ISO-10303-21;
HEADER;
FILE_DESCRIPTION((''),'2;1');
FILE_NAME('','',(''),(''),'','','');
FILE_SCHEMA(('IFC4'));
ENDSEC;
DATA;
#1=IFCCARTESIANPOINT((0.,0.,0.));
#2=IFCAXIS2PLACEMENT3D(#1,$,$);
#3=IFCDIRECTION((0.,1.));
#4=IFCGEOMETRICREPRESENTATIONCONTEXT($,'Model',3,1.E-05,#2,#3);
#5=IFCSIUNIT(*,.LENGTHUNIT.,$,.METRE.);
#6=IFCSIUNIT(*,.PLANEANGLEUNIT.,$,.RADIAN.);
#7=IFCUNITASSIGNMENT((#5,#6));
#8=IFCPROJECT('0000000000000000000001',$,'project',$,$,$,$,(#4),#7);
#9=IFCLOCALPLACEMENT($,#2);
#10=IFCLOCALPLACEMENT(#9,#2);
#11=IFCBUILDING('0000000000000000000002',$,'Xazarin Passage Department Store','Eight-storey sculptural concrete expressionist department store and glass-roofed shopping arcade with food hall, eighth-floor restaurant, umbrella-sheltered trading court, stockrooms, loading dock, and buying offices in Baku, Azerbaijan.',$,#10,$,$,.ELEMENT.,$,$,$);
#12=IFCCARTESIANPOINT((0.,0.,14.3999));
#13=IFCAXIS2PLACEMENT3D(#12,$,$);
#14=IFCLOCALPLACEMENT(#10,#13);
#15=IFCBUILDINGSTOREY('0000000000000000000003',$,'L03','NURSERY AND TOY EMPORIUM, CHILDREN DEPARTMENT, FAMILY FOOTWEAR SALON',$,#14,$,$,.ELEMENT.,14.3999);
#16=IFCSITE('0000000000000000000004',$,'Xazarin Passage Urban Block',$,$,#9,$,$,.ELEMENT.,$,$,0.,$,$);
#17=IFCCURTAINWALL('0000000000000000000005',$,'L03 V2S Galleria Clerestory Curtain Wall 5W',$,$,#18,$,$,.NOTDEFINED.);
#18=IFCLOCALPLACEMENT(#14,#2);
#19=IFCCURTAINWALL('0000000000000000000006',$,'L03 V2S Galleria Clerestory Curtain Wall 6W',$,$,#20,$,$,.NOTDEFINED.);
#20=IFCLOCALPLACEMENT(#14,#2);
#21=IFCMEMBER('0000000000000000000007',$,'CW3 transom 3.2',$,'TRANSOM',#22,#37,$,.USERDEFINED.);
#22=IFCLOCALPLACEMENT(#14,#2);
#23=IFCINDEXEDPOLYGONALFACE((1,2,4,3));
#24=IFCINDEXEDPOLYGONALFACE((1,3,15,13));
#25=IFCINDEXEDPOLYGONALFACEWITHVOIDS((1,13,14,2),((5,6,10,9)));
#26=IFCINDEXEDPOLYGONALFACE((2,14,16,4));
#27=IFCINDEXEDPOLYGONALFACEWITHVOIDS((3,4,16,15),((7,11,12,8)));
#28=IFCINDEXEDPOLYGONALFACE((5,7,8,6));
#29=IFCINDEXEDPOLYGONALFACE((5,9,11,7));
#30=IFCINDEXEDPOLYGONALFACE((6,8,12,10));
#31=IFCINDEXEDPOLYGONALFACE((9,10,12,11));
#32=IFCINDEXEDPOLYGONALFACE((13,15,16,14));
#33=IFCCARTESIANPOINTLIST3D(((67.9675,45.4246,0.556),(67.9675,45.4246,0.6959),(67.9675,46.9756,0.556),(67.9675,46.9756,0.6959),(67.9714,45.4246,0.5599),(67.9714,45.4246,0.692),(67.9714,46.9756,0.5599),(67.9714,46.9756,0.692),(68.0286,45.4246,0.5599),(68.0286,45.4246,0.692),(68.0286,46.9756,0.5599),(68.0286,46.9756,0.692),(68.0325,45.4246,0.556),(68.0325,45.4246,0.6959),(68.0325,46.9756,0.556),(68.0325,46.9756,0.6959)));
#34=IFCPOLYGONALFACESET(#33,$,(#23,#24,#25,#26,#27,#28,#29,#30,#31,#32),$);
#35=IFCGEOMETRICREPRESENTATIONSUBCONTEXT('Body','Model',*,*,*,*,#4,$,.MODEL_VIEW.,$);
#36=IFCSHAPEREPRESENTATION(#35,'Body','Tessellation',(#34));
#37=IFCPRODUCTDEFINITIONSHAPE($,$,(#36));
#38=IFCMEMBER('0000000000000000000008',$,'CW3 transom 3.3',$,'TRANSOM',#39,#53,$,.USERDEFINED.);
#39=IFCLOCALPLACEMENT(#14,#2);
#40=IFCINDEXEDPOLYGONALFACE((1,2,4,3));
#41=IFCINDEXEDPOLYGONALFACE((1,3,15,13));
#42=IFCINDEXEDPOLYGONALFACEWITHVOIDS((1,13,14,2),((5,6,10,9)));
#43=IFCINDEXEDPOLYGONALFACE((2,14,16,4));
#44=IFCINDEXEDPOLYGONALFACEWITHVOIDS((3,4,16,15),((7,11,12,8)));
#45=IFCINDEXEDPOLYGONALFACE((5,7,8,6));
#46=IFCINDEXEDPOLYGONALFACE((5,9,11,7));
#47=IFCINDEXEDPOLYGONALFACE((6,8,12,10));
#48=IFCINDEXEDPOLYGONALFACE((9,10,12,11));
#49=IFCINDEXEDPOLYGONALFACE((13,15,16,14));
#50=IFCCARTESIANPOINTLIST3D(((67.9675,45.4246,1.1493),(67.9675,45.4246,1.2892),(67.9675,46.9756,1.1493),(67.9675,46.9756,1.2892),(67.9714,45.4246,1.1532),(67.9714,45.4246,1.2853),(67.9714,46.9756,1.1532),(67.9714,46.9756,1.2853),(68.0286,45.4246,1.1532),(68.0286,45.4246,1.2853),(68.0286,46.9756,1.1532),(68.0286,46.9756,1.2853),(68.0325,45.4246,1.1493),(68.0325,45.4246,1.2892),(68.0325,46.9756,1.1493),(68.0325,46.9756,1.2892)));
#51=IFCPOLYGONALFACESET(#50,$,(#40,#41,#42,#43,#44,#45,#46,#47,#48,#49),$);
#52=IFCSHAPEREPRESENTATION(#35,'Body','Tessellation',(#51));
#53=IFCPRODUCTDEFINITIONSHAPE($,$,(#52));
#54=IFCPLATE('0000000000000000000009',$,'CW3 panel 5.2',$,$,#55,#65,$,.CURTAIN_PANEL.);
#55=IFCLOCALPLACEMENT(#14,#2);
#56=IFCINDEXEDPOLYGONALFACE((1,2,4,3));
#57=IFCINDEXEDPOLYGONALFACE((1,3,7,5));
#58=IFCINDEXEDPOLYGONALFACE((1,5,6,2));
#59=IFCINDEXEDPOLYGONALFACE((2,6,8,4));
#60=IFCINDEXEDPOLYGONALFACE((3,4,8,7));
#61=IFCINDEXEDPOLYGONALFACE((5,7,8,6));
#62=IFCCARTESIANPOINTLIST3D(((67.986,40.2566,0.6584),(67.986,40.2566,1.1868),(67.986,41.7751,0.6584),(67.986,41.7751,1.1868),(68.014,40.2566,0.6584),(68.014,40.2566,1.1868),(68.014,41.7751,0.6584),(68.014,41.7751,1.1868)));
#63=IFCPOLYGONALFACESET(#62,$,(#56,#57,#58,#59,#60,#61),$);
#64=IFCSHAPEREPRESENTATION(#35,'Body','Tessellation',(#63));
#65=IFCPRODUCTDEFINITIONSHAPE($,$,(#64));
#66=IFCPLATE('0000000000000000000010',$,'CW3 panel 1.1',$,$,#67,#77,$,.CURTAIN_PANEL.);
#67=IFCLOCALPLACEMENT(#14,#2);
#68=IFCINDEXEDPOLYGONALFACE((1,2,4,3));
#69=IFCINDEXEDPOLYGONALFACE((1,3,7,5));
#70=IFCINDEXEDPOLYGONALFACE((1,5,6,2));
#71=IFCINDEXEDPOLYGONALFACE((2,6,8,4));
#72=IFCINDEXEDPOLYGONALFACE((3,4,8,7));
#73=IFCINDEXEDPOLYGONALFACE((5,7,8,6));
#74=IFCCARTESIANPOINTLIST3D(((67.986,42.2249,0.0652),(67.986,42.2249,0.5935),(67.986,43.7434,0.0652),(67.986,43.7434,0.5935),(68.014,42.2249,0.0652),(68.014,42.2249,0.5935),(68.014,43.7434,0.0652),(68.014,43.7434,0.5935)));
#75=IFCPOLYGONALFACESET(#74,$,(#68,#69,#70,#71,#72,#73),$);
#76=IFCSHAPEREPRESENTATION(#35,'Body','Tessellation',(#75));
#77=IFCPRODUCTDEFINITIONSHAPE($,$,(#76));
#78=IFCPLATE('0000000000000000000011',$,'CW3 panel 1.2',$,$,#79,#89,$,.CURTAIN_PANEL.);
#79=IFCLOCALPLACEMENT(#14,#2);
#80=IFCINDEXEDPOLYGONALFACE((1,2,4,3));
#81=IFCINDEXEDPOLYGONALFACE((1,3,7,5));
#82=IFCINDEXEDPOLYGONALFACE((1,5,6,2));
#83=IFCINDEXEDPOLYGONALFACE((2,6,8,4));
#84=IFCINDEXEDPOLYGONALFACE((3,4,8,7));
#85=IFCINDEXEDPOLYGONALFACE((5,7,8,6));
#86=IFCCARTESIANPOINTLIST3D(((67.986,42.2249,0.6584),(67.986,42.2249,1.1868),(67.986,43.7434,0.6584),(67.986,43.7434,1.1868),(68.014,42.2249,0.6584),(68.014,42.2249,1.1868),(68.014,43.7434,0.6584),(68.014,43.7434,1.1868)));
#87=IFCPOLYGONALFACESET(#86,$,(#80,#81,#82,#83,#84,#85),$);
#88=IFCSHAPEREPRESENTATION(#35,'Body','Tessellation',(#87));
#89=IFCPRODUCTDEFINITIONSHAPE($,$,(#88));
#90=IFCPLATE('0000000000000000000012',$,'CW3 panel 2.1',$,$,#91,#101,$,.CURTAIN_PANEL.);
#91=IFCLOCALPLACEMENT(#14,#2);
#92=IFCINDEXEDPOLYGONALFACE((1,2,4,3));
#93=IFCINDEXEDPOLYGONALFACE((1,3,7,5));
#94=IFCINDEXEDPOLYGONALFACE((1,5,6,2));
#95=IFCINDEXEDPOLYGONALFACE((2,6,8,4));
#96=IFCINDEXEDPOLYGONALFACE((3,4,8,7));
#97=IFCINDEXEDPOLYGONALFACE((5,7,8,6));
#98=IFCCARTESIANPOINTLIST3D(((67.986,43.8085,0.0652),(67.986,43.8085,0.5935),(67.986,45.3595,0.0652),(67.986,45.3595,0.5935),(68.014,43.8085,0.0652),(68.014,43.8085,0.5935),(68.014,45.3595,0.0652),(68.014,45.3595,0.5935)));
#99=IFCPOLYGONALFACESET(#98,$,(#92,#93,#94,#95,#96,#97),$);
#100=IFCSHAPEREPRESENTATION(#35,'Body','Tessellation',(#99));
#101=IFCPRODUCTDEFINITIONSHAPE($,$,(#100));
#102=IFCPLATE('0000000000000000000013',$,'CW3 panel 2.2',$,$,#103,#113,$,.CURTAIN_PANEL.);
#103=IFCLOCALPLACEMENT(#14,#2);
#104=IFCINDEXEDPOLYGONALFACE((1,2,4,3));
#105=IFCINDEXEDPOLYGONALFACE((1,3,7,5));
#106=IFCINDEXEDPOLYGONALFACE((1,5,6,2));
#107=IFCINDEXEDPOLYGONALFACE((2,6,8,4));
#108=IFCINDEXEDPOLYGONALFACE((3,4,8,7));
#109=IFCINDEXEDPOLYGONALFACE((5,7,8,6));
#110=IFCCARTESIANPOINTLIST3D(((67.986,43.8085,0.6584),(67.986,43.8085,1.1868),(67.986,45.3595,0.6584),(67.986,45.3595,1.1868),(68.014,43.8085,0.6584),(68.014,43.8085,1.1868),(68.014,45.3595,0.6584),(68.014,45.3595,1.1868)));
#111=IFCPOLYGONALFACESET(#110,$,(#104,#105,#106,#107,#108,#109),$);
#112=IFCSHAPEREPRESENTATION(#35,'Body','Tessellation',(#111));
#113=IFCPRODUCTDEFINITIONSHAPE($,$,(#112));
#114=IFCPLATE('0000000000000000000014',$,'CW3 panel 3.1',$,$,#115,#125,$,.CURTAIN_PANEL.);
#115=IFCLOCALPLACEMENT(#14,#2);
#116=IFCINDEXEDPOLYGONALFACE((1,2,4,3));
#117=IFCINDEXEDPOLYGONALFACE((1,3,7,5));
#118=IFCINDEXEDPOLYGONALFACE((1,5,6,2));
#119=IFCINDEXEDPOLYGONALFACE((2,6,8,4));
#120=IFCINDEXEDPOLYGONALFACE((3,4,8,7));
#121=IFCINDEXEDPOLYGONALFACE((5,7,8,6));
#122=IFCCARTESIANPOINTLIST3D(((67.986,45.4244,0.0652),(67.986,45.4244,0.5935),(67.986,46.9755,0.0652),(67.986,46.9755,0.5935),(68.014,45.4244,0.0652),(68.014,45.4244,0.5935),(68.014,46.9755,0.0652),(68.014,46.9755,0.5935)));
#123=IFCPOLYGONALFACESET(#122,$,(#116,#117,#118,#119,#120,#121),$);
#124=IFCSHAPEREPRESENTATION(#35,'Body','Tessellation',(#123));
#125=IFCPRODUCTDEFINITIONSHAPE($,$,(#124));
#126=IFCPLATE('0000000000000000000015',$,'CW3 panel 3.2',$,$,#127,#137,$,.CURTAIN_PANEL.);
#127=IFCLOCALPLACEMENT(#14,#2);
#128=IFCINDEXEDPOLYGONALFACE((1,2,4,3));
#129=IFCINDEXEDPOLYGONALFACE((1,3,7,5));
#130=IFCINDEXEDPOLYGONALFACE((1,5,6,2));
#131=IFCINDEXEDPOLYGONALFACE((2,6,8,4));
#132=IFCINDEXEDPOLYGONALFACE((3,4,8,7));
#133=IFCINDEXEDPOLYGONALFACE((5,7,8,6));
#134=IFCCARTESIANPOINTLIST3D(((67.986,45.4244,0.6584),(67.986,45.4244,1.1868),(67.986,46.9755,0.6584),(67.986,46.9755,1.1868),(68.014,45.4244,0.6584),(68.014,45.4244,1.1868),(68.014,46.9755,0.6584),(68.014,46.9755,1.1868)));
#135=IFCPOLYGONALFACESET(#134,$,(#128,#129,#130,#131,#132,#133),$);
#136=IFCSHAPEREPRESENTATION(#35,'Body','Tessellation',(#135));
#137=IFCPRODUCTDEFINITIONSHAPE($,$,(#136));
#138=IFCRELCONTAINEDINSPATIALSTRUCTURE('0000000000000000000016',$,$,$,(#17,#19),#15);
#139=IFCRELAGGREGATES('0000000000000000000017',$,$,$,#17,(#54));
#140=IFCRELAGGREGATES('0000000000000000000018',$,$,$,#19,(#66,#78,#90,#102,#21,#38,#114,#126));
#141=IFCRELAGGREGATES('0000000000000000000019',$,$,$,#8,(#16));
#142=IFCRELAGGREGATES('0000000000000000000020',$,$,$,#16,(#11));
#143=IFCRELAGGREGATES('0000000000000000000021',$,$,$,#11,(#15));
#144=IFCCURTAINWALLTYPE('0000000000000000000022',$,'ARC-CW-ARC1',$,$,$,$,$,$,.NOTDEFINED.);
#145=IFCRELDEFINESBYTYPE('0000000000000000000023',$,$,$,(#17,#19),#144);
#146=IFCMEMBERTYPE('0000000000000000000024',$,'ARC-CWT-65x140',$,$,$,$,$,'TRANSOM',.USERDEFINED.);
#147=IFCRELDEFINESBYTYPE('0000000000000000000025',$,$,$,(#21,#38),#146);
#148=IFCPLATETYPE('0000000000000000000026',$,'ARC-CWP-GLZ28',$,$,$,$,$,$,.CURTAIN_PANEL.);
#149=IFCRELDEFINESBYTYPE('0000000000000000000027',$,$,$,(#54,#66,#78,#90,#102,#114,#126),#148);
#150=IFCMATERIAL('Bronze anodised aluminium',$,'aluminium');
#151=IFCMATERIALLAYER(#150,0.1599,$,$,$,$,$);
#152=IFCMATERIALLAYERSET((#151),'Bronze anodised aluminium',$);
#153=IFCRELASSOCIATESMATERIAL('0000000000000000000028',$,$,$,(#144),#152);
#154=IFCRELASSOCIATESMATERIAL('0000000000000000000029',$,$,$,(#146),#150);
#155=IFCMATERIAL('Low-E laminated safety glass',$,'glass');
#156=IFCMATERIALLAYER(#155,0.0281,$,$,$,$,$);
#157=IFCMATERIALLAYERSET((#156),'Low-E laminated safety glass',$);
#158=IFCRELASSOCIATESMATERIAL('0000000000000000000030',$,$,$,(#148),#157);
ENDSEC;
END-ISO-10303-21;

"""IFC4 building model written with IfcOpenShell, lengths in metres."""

from ifc_helpers import new_model, si_unit, direction, frame, origin, origin_2d, place, context, subcontext, project, spatial, rectangle, hollow_rectangle, extrude, material, layer, layer_set, material_profile, profile_set, type_object, element, aggregate, save


model = new_model("IFC4")

# Units and contexts
model_context = context("Model", 3, precision=1e-05, world=origin(), true_north=direction((0.0, 1.0)))
body_context = subcontext(model_context, "Body", "Model", "MODEL_VIEW")
ifc_project = project(units=[si_unit("LENGTHUNIT", "METRE"), si_unit("PLANEANGLEUNIT", "RADIAN")], contexts=[model_context])

# Site, building, storey
site_placement = place(None, origin())
site = spatial("IfcSite", under=ifc_project, at=site_placement, Name="Xazarin Passage Urban Block", CompositionType="ELEMENT", RefElevation=0.0)
building_placement = place(site_placement, origin())
building = spatial("IfcBuilding", under=site, at=building_placement, Name="Xazarin Passage Department Store", Description="Eight-storey sculptural concrete expressionist department store and glass-roofed shopping arcade with food hall, eighth-floor restaurant, umbrella-sheltered trading court, stockrooms, loading dock, and buying offices in Baku, Azerbaijan.", CompositionType="ELEMENT")
storey_placement = place(building_placement, frame((0.0, 0.0, 14.3999)))
storey = spatial("IfcBuildingStorey", under=building, at=storey_placement, Name="L03", Description="NURSERY AND TOY EMPORIUM, CHILDREN DEPARTMENT, FAMILY FOOTWEAR SALON", CompositionType="ELEMENT", Elevation=14.3999)

# Curtain wall
ifc_material_1 = material(Name="Bronze anodised aluminium", Category="aluminium")
ifc_layer_1 = layer(ifc_material_1, 0.1599)
ifc_layer_set_1 = layer_set([ifc_layer_1], Name="Bronze anodised aluminium")
curtain_wall_type = type_object("IfcCurtainWallType", Name="ARC-CW-ARC1", PredefinedType="NOTDEFINED", material=ifc_layer_set_1)
curtain_wall_1_placement = place(storey_placement, origin())
curtain_wall_1 = element("IfcCurtainWall", 1, at=curtain_wall_1_placement, inside=storey, type_object=curtain_wall_type, Name="L03 V2S Galleria Clerestory Curtain Wall 5W", PredefinedType="NOTDEFINED")

# Curtain wall, members
curtain_wall_2_placement = place(storey_placement, origin())
curtain_wall_2 = element("IfcCurtainWall", 2, at=curtain_wall_2_placement, inside=storey, type_object=curtain_wall_type, Name="L03 V2S Galleria Clerestory Curtain Wall 6W", PredefinedType="NOTDEFINED")
ifc_material_profile_1 = material_profile(ifc_material_1, hollow_rectangle(XDim=0.0649, YDim=0.1399, WallThickness=0.0039, at=origin_2d()), Name="ALU 65x140")
ifc_profile_set_1 = profile_set([ifc_material_profile_1], Name="Bronze anodised aluminium")
member_type_1 = type_object("IfcMemberType", Name="ARC-CWT-65x140", ElementType="TRANSOM", PredefinedType="USERDEFINED", material=ifc_profile_set_1)
member_1_placement = place(storey_placement, frame((68.0, 45.4246, 0.626), z_axis=(0.0, 1.0, 0.0), x_axis=(-1.0, 0.0, 0.0)))
member_1 = element("IfcMember", 3, at=member_1_placement, type_object=member_type_1, Name="CW3 transom 3.2", ObjectType="TRANSOM", PredefinedType="USERDEFINED", context=body_context, shape_type="SweptSolid", body=[
    extrude(hollow_rectangle(XDim=0.0649, YDim=0.1399, WallThickness=0.0039, at=origin_2d()), origin(), (0.0, 0.0, 1.0), 1.551),
])
member_2_placement = place(storey_placement, frame((68.0, 45.4246, 1.2192), z_axis=(0.0, 1.0, 0.0), x_axis=(-1.0, 0.0, 0.0)))
member_2 = element("IfcMember", 4, at=member_2_placement, type_object=member_type_1, Name="CW3 transom 3.3", ObjectType="TRANSOM", PredefinedType="USERDEFINED", context=body_context, shape_type="SweptSolid", body=[
    extrude(hollow_rectangle(XDim=0.0649, YDim=0.1399, WallThickness=0.0039, at=origin_2d()), origin(), (0.0, 0.0, 1.0), 1.551),
])

# Plates
ifc_material_2 = material(Name="Low-E laminated safety glass", Category="glass")
ifc_layer_2 = layer(ifc_material_2, 0.0281)
ifc_layer_set_2 = layer_set([ifc_layer_2], Name="Low-E laminated safety glass")
plate_type = type_object("IfcPlateType", Name="ARC-CWP-GLZ28", PredefinedType="CURTAIN_PANEL", material=ifc_layer_set_2)
plate_1_placement = place(storey_placement, frame((68.0, 41.0159, 0.6584), z_axis=(0.0, 0.0, 1.0), x_axis=(0.0, 1.0, 0.0)))
plate_1 = element("IfcPlate", 5, at=plate_1_placement, type_object=plate_type, Name="CW3 panel 5.2", PredefinedType="CURTAIN_PANEL", context=body_context, shape_type="SweptSolid", body=[
    extrude(rectangle(XDim=1.5186, YDim=0.0281, at=origin_2d()), origin(), (0.0, 0.0, 1.0), 0.5283),
])
aggregate(curtain_wall_1, [plate_1])
plate_2_placement = place(storey_placement, frame((68.0, 42.9841, 0.0652), z_axis=(0.0, 0.0, 1.0), x_axis=(0.0, 1.0, 0.0)))
plate_2 = element("IfcPlate", 6, at=plate_2_placement, type_object=plate_type, Name="CW3 panel 1.1", PredefinedType="CURTAIN_PANEL", context=body_context, shape_type="SweptSolid", body=[
    extrude(rectangle(XDim=1.5186, YDim=0.0281, at=origin_2d()), origin(), (0.0, 0.0, 1.0), 0.5283),
])
plate_3_placement = place(storey_placement, frame((68.0, 42.9841, 0.6584), z_axis=(0.0, 0.0, 1.0), x_axis=(0.0, 1.0, 0.0)))
plate_3 = element("IfcPlate", 7, at=plate_3_placement, type_object=plate_type, Name="CW3 panel 1.2", PredefinedType="CURTAIN_PANEL", context=body_context, shape_type="SweptSolid", body=[
    extrude(rectangle(XDim=1.5186, YDim=0.0281, at=origin_2d()), origin(), (0.0, 0.0, 1.0), 0.5283),
])
plate_4_placement = place(storey_placement, frame((68.0, 44.584, 0.0652), z_axis=(0.0, 0.0, 1.0), x_axis=(0.0, 1.0, 0.0)))
plate_4 = element("IfcPlate", 8, at=plate_4_placement, type_object=plate_type, Name="CW3 panel 2.1", PredefinedType="CURTAIN_PANEL", context=body_context, shape_type="SweptSolid", body=[
    extrude(rectangle(XDim=1.551, YDim=0.0281, at=origin_2d()), origin(), (0.0, 0.0, 1.0), 0.5283),
])
plate_5_placement = place(storey_placement, frame((68.0, 44.584, 0.6584), z_axis=(0.0, 0.0, 1.0), x_axis=(0.0, 1.0, 0.0)))
plate_5 = element("IfcPlate", 9, at=plate_5_placement, type_object=plate_type, Name="CW3 panel 2.2", PredefinedType="CURTAIN_PANEL", context=body_context, shape_type="SweptSolid", body=[
    extrude(rectangle(XDim=1.551, YDim=0.0281, at=origin_2d()), origin(), (0.0, 0.0, 1.0), 0.5283),
])
plate_6_placement = place(storey_placement, frame((68.0, 46.2, 0.0652), z_axis=(0.0, 0.0, 1.0), x_axis=(0.0, 1.0, 0.0)))
plate_6 = element("IfcPlate", 10, at=plate_6_placement, type_object=plate_type, Name="CW3 panel 3.1", PredefinedType="CURTAIN_PANEL", context=body_context, shape_type="SweptSolid", body=[
    extrude(rectangle(XDim=1.551, YDim=0.0281, at=origin_2d()), origin(), (0.0, 0.0, 1.0), 0.5283),
])
plate_7_placement = place(storey_placement, frame((68.0, 46.2, 0.6584), z_axis=(0.0, 0.0, 1.0), x_axis=(0.0, 1.0, 0.0)))
plate_7 = element("IfcPlate", 11, at=plate_7_placement, type_object=plate_type, Name="CW3 panel 3.2", PredefinedType="CURTAIN_PANEL", context=body_context, shape_type="SweptSolid", body=[
    extrude(rectangle(XDim=1.551, YDim=0.0281, at=origin_2d()), origin(), (0.0, 0.0, 1.0), 0.5283),
])
aggregate(curtain_wall_2, [plate_2, plate_3, plate_4, plate_5, member_1, member_2, plate_6, plate_7])

save(model, "model.ifc")
